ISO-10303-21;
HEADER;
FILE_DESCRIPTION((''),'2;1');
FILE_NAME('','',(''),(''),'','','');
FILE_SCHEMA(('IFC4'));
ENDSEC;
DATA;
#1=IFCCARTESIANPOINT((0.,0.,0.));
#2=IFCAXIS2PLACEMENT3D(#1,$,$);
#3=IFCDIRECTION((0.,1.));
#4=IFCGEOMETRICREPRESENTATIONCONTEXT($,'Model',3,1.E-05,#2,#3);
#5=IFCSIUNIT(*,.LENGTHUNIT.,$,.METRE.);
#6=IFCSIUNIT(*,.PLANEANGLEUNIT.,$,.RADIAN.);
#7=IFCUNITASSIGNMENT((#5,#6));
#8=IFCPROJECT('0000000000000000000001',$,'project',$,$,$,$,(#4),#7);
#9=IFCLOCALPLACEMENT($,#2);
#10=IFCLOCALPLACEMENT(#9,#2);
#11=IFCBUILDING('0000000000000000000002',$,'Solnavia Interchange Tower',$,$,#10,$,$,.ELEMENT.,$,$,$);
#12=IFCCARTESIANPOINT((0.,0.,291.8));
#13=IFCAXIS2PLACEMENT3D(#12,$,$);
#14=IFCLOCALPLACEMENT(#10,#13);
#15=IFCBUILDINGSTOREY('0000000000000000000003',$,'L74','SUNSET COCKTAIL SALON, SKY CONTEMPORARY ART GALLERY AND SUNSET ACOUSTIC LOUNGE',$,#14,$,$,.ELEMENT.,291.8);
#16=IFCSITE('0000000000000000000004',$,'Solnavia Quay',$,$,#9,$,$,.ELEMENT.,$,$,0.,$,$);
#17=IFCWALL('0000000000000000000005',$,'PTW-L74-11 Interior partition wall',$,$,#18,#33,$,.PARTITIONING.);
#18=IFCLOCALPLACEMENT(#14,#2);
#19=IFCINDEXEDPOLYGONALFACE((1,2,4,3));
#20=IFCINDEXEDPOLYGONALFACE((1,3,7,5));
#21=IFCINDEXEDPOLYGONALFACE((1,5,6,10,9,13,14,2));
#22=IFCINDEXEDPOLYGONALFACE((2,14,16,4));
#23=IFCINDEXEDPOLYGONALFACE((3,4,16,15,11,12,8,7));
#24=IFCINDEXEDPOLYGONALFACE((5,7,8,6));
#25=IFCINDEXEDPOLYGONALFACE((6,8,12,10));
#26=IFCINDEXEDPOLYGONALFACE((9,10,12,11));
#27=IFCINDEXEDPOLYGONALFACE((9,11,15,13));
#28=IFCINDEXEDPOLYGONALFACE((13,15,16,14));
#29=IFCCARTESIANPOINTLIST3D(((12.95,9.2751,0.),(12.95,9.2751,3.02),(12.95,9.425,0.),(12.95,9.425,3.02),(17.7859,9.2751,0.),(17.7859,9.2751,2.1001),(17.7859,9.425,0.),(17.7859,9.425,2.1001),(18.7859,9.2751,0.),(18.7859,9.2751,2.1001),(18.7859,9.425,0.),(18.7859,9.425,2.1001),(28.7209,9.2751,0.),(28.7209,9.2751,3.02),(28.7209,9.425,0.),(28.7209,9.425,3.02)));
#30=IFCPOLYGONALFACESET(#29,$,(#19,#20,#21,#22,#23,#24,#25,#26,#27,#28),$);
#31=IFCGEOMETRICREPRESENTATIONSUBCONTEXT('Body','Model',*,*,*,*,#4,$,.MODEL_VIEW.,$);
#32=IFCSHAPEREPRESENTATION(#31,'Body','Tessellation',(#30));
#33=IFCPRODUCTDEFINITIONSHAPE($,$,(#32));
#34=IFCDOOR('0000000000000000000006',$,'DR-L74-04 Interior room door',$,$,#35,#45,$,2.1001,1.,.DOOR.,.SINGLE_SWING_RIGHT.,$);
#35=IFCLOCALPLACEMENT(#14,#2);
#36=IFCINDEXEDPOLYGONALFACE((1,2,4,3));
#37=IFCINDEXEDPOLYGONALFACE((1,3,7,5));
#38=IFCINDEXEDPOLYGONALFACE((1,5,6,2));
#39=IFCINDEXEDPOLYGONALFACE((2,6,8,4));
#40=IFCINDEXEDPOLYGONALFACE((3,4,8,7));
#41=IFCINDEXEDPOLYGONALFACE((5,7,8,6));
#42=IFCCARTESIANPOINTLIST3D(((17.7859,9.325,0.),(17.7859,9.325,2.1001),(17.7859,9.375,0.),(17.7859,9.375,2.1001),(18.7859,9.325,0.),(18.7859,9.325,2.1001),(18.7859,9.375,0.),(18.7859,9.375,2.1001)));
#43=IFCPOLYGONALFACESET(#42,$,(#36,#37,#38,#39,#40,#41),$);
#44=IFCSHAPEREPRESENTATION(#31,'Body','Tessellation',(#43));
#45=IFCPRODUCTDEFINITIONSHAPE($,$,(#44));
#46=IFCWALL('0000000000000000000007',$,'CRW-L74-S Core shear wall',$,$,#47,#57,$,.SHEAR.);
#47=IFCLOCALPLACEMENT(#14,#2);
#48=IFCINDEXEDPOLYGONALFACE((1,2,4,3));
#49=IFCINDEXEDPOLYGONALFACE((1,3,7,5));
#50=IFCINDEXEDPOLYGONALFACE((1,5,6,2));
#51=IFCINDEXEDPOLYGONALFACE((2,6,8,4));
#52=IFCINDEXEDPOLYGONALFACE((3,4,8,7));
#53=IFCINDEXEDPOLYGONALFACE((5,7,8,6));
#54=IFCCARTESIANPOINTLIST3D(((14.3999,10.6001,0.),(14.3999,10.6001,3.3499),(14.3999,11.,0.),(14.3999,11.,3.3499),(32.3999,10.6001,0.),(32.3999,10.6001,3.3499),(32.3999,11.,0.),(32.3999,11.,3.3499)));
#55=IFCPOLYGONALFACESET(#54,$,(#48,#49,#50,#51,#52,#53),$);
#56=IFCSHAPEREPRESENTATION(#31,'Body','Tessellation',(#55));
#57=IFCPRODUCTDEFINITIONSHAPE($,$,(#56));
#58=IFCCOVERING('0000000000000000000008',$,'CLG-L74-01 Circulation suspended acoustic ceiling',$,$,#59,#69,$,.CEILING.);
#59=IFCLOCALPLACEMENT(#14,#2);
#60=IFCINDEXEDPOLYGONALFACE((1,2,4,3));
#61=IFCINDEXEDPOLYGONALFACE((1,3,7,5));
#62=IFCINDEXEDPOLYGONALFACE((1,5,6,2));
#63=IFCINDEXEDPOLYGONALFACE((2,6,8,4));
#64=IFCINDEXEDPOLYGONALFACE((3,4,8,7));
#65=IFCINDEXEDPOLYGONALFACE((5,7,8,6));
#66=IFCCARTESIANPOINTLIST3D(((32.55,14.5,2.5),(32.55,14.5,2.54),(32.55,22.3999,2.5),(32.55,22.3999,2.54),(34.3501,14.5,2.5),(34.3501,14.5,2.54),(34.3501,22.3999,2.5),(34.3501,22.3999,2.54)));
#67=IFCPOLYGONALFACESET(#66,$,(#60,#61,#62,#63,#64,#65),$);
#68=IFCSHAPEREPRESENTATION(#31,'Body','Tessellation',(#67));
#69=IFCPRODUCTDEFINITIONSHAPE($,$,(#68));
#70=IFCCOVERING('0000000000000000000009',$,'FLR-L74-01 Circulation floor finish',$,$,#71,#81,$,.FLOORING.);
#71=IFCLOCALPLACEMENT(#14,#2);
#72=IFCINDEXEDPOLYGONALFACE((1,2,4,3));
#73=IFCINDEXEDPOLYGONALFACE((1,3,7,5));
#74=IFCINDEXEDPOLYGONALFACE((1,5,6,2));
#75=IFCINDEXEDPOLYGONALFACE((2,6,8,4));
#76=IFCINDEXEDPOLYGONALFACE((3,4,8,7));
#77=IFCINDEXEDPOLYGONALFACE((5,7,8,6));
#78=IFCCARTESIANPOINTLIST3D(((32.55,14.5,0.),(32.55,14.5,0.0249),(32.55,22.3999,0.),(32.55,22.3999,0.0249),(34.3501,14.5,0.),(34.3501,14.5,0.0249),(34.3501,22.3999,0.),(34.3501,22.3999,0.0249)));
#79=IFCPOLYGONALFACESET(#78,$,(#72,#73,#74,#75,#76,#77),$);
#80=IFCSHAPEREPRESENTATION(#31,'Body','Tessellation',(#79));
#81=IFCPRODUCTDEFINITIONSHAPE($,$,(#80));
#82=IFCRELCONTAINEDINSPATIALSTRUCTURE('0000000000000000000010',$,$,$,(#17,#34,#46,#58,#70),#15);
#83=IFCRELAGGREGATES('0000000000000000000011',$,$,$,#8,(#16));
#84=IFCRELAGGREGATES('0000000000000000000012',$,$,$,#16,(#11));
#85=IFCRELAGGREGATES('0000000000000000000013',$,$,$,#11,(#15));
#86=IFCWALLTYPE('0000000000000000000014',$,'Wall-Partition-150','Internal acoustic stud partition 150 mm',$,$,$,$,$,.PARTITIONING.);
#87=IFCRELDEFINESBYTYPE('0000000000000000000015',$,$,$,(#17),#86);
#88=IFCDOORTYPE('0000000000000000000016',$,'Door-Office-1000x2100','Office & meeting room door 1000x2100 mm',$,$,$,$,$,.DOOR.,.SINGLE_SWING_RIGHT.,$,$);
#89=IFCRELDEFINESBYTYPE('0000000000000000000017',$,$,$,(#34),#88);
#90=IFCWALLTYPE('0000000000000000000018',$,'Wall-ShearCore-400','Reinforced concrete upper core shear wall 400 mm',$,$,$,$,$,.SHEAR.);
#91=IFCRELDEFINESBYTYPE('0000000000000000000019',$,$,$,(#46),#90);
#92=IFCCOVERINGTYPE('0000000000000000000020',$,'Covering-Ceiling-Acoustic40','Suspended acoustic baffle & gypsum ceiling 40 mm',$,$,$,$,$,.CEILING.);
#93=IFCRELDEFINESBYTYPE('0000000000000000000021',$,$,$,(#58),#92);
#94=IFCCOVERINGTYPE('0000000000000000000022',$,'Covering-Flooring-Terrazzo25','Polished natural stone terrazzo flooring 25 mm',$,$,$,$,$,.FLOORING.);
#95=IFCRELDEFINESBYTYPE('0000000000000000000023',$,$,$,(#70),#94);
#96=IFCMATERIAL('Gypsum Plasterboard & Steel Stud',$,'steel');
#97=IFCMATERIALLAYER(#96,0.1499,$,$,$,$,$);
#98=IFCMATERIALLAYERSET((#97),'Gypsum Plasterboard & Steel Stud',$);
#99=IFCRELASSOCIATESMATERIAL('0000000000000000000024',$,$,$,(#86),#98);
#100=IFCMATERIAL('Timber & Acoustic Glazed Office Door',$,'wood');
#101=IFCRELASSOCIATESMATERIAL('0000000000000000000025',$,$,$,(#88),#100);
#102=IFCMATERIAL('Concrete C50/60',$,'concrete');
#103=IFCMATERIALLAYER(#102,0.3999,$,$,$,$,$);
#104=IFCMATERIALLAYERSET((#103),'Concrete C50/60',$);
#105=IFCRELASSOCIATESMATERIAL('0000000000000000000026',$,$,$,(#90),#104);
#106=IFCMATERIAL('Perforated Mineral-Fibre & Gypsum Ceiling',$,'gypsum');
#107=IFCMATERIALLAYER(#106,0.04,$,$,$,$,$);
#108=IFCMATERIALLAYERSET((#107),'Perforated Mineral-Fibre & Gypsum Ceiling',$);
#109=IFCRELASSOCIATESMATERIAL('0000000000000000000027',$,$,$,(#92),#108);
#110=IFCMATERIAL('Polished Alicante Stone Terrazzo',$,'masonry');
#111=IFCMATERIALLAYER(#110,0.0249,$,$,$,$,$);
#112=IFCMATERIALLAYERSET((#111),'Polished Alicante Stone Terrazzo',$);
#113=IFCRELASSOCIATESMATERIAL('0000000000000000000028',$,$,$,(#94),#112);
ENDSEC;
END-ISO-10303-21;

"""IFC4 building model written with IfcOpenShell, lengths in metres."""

from ifc_helpers import new_model, si_unit, direction, frame, frame_2d, origin, place, context, subcontext, project, spatial, polyline, rectangle, outline, extrude, material, layer, layer_set, type_object, element, fill, save


model = new_model("IFC4")

# Units and contexts
model_context = context("Model", 3, precision=1e-05, world=origin(), true_north=direction((0.0, 1.0)))
body_context = subcontext(model_context, "Body", "Model", "MODEL_VIEW")
ifc_project = project(units=[si_unit("LENGTHUNIT", "METRE"), si_unit("PLANEANGLEUNIT", "RADIAN")], contexts=[model_context])

# Site, building, storey
site_placement = place(None, origin())
site = spatial("IfcSite", under=ifc_project, at=site_placement, Name="Solnavia Quay", CompositionType="ELEMENT", RefElevation=0.0)
building_placement = place(site_placement, origin())
building = spatial("IfcBuilding", under=site, at=building_placement, Name="Solnavia Interchange Tower", CompositionType="ELEMENT")
storey_placement = place(building_placement, frame((0.0, 0.0, 291.8)))
storey = spatial("IfcBuildingStorey", under=building, at=storey_placement, Name="L74", Description="SUNSET COCKTAIL SALON, SKY CONTEMPORARY ART GALLERY AND SUNSET ACOUSTIC LOUNGE", CompositionType="ELEMENT", Elevation=291.8)

# Shared definitions
ifc_material_1 = material(Name="Concrete C50/60", Category="concrete")

# Shared definitions
ifc_material_2 = material(Name="Gypsum Plasterboard & Steel Stud", Category="steel")
ifc_layer_1 = layer(ifc_material_2, 0.1499)
ifc_layer_set_1 = layer_set([ifc_layer_1], Name="Gypsum Plasterboard & Steel Stud")
wall_type_1 = type_object("IfcWallType", Name="Wall-Partition-150", Description="Internal acoustic stud partition 150 mm", PredefinedType="PARTITIONING", material=ifc_layer_set_1)

# Wall, opening, door
ifc_material_3 = material(Name="Timber & Acoustic Glazed Office Door", Category="wood")
door_type = type_object("IfcDoorType", Name="Door-Office-1000x2100", Description="Office & meeting room door 1000x2100 mm", OperationType="SINGLE_SWING_RIGHT", PredefinedType="DOOR", material=ifc_material_3)
wall_1_placement = place(storey_placement, frame((12.95, 9.3501, 0.0), z_axis=(0.0, 0.0, 1.0), x_axis=(1.0, 0.0, 0.0)))
wall_1 = element("IfcWall", 1, at=wall_1_placement, inside=storey, type_object=wall_type_1, Name="PTW-L74-11 Interior partition wall", PredefinedType="PARTITIONING", context=body_context, shape_type="SweptSolid", body=[
    extrude(rectangle(XDim=15.771, YDim=0.1499, at=frame_2d((7.8855, 0.0))), origin(), (0.0, 0.0, 1.0), 3.02),
])
opening_1_placement = place(wall_1_placement, frame((4.8359, 0.0, 0.0)))
opening_1 = element("IfcOpeningElement", 2, at=opening_1_placement, cuts=wall_1, PredefinedType="OPENING", context=body_context, shape_type="SweptSolid", body=[
    extrude(rectangle(XDim=1.0, YDim=2.1001, at=frame_2d((0.5, 1.05))), frame((0.0, 0.085, 0.0), z_axis=(0.0, -1.0, 0.0), x_axis=(1.0, 0.0, 0.0)), (0.0, 0.0, 1.0), 0.1699),
])
door_1_placement = place(opening_1_placement, origin())
door_1 = element("IfcDoor", 3, at=door_1_placement, inside=storey, type_object=door_type, Name="DR-L74-04 Interior room door", OperationType="SINGLE_SWING_RIGHT", OverallHeight=2.1001, OverallWidth=1.0, PredefinedType="DOOR", context=body_context, shape_type="SweptSolid", body=[
    extrude(rectangle(XDim=1.0, YDim=2.1001, at=frame_2d((0.5, 1.05))), frame((0.0, 0.0249, 0.0), z_axis=(0.0, -1.0, 0.0), x_axis=(1.0, 0.0, 0.0)), (0.0, 0.0, 1.0), 0.05),
])
fill(opening_1, door_1)

# Wall
ifc_layer_2 = layer(ifc_material_1, 0.3999)
ifc_layer_set_2 = layer_set([ifc_layer_2], Name="Concrete C50/60")
wall_type_2 = type_object("IfcWallType", Name="Wall-ShearCore-400", Description="Reinforced concrete upper core shear wall 400 mm", PredefinedType="SHEAR", material=ifc_layer_set_2)
wall_2_placement = place(storey_placement, frame((14.3999, 10.8, 0.0), z_axis=(0.0, 0.0, 1.0), x_axis=(1.0, 0.0, 0.0)))
element("IfcWall", 4, at=wall_2_placement, inside=storey, type_object=wall_type_2, Name="CRW-L74-S Core shear wall", PredefinedType="SHEAR", context=body_context, shape_type="SweptSolid", body=[
    extrude(rectangle(XDim=18.0, YDim=0.3999, at=frame_2d((9.0, 0.0))), origin(), (0.0, 0.0, 1.0), 3.3499),
])

# Coverings
ifc_material_4 = material(Name="Perforated Mineral-Fibre & Gypsum Ceiling", Category="gypsum")
ifc_layer_3 = layer(ifc_material_4, 0.04)
ifc_layer_set_3 = layer_set([ifc_layer_3], Name="Perforated Mineral-Fibre & Gypsum Ceiling")
covering_type_1 = type_object("IfcCoveringType", Name="Covering-Ceiling-Acoustic40", Description="Suspended acoustic baffle & gypsum ceiling 40 mm", PredefinedType="CEILING", material=ifc_layer_set_3)
covering_1_placement = place(storey_placement, frame((0.0, 0.0, 2.5)))
element("IfcCovering", 5, at=covering_1_placement, inside=storey, type_object=covering_type_1, Name="CLG-L74-01 Circulation suspended acoustic ceiling", PredefinedType="CEILING", context=body_context, shape_type="SweptSolid", body=[
    extrude(outline(polyline([(32.55, 14.5), (34.3501, 14.5), (34.3501, 22.3999), (32.55, 22.3999), (32.55, 14.5)])), origin(), (0.0, 0.0, 1.0), 0.04),
])
ifc_material_5 = material(Name="Polished Alicante Stone Terrazzo", Category="masonry")
ifc_layer_4 = layer(ifc_material_5, 0.0249)
ifc_layer_set_4 = layer_set([ifc_layer_4], Name="Polished Alicante Stone Terrazzo")
covering_type_2 = type_object("IfcCoveringType", Name="Covering-Flooring-Terrazzo25", Description="Polished natural stone terrazzo flooring 25 mm", PredefinedType="FLOORING", material=ifc_layer_set_4)
covering_2_placement = place(storey_placement, origin())
element("IfcCovering", 6, at=covering_2_placement, inside=storey, type_object=covering_type_2, Name="FLR-L74-01 Circulation floor finish", PredefinedType="FLOORING", context=body_context, shape_type="SweptSolid", body=[
    extrude(outline(polyline([(32.55, 14.5), (34.3501, 14.5), (34.3501, 22.3999), (32.55, 22.3999), (32.55, 14.5)])), origin(), (0.0, 0.0, 1.0), 0.0249),
])

save(model, "model.ifc")
